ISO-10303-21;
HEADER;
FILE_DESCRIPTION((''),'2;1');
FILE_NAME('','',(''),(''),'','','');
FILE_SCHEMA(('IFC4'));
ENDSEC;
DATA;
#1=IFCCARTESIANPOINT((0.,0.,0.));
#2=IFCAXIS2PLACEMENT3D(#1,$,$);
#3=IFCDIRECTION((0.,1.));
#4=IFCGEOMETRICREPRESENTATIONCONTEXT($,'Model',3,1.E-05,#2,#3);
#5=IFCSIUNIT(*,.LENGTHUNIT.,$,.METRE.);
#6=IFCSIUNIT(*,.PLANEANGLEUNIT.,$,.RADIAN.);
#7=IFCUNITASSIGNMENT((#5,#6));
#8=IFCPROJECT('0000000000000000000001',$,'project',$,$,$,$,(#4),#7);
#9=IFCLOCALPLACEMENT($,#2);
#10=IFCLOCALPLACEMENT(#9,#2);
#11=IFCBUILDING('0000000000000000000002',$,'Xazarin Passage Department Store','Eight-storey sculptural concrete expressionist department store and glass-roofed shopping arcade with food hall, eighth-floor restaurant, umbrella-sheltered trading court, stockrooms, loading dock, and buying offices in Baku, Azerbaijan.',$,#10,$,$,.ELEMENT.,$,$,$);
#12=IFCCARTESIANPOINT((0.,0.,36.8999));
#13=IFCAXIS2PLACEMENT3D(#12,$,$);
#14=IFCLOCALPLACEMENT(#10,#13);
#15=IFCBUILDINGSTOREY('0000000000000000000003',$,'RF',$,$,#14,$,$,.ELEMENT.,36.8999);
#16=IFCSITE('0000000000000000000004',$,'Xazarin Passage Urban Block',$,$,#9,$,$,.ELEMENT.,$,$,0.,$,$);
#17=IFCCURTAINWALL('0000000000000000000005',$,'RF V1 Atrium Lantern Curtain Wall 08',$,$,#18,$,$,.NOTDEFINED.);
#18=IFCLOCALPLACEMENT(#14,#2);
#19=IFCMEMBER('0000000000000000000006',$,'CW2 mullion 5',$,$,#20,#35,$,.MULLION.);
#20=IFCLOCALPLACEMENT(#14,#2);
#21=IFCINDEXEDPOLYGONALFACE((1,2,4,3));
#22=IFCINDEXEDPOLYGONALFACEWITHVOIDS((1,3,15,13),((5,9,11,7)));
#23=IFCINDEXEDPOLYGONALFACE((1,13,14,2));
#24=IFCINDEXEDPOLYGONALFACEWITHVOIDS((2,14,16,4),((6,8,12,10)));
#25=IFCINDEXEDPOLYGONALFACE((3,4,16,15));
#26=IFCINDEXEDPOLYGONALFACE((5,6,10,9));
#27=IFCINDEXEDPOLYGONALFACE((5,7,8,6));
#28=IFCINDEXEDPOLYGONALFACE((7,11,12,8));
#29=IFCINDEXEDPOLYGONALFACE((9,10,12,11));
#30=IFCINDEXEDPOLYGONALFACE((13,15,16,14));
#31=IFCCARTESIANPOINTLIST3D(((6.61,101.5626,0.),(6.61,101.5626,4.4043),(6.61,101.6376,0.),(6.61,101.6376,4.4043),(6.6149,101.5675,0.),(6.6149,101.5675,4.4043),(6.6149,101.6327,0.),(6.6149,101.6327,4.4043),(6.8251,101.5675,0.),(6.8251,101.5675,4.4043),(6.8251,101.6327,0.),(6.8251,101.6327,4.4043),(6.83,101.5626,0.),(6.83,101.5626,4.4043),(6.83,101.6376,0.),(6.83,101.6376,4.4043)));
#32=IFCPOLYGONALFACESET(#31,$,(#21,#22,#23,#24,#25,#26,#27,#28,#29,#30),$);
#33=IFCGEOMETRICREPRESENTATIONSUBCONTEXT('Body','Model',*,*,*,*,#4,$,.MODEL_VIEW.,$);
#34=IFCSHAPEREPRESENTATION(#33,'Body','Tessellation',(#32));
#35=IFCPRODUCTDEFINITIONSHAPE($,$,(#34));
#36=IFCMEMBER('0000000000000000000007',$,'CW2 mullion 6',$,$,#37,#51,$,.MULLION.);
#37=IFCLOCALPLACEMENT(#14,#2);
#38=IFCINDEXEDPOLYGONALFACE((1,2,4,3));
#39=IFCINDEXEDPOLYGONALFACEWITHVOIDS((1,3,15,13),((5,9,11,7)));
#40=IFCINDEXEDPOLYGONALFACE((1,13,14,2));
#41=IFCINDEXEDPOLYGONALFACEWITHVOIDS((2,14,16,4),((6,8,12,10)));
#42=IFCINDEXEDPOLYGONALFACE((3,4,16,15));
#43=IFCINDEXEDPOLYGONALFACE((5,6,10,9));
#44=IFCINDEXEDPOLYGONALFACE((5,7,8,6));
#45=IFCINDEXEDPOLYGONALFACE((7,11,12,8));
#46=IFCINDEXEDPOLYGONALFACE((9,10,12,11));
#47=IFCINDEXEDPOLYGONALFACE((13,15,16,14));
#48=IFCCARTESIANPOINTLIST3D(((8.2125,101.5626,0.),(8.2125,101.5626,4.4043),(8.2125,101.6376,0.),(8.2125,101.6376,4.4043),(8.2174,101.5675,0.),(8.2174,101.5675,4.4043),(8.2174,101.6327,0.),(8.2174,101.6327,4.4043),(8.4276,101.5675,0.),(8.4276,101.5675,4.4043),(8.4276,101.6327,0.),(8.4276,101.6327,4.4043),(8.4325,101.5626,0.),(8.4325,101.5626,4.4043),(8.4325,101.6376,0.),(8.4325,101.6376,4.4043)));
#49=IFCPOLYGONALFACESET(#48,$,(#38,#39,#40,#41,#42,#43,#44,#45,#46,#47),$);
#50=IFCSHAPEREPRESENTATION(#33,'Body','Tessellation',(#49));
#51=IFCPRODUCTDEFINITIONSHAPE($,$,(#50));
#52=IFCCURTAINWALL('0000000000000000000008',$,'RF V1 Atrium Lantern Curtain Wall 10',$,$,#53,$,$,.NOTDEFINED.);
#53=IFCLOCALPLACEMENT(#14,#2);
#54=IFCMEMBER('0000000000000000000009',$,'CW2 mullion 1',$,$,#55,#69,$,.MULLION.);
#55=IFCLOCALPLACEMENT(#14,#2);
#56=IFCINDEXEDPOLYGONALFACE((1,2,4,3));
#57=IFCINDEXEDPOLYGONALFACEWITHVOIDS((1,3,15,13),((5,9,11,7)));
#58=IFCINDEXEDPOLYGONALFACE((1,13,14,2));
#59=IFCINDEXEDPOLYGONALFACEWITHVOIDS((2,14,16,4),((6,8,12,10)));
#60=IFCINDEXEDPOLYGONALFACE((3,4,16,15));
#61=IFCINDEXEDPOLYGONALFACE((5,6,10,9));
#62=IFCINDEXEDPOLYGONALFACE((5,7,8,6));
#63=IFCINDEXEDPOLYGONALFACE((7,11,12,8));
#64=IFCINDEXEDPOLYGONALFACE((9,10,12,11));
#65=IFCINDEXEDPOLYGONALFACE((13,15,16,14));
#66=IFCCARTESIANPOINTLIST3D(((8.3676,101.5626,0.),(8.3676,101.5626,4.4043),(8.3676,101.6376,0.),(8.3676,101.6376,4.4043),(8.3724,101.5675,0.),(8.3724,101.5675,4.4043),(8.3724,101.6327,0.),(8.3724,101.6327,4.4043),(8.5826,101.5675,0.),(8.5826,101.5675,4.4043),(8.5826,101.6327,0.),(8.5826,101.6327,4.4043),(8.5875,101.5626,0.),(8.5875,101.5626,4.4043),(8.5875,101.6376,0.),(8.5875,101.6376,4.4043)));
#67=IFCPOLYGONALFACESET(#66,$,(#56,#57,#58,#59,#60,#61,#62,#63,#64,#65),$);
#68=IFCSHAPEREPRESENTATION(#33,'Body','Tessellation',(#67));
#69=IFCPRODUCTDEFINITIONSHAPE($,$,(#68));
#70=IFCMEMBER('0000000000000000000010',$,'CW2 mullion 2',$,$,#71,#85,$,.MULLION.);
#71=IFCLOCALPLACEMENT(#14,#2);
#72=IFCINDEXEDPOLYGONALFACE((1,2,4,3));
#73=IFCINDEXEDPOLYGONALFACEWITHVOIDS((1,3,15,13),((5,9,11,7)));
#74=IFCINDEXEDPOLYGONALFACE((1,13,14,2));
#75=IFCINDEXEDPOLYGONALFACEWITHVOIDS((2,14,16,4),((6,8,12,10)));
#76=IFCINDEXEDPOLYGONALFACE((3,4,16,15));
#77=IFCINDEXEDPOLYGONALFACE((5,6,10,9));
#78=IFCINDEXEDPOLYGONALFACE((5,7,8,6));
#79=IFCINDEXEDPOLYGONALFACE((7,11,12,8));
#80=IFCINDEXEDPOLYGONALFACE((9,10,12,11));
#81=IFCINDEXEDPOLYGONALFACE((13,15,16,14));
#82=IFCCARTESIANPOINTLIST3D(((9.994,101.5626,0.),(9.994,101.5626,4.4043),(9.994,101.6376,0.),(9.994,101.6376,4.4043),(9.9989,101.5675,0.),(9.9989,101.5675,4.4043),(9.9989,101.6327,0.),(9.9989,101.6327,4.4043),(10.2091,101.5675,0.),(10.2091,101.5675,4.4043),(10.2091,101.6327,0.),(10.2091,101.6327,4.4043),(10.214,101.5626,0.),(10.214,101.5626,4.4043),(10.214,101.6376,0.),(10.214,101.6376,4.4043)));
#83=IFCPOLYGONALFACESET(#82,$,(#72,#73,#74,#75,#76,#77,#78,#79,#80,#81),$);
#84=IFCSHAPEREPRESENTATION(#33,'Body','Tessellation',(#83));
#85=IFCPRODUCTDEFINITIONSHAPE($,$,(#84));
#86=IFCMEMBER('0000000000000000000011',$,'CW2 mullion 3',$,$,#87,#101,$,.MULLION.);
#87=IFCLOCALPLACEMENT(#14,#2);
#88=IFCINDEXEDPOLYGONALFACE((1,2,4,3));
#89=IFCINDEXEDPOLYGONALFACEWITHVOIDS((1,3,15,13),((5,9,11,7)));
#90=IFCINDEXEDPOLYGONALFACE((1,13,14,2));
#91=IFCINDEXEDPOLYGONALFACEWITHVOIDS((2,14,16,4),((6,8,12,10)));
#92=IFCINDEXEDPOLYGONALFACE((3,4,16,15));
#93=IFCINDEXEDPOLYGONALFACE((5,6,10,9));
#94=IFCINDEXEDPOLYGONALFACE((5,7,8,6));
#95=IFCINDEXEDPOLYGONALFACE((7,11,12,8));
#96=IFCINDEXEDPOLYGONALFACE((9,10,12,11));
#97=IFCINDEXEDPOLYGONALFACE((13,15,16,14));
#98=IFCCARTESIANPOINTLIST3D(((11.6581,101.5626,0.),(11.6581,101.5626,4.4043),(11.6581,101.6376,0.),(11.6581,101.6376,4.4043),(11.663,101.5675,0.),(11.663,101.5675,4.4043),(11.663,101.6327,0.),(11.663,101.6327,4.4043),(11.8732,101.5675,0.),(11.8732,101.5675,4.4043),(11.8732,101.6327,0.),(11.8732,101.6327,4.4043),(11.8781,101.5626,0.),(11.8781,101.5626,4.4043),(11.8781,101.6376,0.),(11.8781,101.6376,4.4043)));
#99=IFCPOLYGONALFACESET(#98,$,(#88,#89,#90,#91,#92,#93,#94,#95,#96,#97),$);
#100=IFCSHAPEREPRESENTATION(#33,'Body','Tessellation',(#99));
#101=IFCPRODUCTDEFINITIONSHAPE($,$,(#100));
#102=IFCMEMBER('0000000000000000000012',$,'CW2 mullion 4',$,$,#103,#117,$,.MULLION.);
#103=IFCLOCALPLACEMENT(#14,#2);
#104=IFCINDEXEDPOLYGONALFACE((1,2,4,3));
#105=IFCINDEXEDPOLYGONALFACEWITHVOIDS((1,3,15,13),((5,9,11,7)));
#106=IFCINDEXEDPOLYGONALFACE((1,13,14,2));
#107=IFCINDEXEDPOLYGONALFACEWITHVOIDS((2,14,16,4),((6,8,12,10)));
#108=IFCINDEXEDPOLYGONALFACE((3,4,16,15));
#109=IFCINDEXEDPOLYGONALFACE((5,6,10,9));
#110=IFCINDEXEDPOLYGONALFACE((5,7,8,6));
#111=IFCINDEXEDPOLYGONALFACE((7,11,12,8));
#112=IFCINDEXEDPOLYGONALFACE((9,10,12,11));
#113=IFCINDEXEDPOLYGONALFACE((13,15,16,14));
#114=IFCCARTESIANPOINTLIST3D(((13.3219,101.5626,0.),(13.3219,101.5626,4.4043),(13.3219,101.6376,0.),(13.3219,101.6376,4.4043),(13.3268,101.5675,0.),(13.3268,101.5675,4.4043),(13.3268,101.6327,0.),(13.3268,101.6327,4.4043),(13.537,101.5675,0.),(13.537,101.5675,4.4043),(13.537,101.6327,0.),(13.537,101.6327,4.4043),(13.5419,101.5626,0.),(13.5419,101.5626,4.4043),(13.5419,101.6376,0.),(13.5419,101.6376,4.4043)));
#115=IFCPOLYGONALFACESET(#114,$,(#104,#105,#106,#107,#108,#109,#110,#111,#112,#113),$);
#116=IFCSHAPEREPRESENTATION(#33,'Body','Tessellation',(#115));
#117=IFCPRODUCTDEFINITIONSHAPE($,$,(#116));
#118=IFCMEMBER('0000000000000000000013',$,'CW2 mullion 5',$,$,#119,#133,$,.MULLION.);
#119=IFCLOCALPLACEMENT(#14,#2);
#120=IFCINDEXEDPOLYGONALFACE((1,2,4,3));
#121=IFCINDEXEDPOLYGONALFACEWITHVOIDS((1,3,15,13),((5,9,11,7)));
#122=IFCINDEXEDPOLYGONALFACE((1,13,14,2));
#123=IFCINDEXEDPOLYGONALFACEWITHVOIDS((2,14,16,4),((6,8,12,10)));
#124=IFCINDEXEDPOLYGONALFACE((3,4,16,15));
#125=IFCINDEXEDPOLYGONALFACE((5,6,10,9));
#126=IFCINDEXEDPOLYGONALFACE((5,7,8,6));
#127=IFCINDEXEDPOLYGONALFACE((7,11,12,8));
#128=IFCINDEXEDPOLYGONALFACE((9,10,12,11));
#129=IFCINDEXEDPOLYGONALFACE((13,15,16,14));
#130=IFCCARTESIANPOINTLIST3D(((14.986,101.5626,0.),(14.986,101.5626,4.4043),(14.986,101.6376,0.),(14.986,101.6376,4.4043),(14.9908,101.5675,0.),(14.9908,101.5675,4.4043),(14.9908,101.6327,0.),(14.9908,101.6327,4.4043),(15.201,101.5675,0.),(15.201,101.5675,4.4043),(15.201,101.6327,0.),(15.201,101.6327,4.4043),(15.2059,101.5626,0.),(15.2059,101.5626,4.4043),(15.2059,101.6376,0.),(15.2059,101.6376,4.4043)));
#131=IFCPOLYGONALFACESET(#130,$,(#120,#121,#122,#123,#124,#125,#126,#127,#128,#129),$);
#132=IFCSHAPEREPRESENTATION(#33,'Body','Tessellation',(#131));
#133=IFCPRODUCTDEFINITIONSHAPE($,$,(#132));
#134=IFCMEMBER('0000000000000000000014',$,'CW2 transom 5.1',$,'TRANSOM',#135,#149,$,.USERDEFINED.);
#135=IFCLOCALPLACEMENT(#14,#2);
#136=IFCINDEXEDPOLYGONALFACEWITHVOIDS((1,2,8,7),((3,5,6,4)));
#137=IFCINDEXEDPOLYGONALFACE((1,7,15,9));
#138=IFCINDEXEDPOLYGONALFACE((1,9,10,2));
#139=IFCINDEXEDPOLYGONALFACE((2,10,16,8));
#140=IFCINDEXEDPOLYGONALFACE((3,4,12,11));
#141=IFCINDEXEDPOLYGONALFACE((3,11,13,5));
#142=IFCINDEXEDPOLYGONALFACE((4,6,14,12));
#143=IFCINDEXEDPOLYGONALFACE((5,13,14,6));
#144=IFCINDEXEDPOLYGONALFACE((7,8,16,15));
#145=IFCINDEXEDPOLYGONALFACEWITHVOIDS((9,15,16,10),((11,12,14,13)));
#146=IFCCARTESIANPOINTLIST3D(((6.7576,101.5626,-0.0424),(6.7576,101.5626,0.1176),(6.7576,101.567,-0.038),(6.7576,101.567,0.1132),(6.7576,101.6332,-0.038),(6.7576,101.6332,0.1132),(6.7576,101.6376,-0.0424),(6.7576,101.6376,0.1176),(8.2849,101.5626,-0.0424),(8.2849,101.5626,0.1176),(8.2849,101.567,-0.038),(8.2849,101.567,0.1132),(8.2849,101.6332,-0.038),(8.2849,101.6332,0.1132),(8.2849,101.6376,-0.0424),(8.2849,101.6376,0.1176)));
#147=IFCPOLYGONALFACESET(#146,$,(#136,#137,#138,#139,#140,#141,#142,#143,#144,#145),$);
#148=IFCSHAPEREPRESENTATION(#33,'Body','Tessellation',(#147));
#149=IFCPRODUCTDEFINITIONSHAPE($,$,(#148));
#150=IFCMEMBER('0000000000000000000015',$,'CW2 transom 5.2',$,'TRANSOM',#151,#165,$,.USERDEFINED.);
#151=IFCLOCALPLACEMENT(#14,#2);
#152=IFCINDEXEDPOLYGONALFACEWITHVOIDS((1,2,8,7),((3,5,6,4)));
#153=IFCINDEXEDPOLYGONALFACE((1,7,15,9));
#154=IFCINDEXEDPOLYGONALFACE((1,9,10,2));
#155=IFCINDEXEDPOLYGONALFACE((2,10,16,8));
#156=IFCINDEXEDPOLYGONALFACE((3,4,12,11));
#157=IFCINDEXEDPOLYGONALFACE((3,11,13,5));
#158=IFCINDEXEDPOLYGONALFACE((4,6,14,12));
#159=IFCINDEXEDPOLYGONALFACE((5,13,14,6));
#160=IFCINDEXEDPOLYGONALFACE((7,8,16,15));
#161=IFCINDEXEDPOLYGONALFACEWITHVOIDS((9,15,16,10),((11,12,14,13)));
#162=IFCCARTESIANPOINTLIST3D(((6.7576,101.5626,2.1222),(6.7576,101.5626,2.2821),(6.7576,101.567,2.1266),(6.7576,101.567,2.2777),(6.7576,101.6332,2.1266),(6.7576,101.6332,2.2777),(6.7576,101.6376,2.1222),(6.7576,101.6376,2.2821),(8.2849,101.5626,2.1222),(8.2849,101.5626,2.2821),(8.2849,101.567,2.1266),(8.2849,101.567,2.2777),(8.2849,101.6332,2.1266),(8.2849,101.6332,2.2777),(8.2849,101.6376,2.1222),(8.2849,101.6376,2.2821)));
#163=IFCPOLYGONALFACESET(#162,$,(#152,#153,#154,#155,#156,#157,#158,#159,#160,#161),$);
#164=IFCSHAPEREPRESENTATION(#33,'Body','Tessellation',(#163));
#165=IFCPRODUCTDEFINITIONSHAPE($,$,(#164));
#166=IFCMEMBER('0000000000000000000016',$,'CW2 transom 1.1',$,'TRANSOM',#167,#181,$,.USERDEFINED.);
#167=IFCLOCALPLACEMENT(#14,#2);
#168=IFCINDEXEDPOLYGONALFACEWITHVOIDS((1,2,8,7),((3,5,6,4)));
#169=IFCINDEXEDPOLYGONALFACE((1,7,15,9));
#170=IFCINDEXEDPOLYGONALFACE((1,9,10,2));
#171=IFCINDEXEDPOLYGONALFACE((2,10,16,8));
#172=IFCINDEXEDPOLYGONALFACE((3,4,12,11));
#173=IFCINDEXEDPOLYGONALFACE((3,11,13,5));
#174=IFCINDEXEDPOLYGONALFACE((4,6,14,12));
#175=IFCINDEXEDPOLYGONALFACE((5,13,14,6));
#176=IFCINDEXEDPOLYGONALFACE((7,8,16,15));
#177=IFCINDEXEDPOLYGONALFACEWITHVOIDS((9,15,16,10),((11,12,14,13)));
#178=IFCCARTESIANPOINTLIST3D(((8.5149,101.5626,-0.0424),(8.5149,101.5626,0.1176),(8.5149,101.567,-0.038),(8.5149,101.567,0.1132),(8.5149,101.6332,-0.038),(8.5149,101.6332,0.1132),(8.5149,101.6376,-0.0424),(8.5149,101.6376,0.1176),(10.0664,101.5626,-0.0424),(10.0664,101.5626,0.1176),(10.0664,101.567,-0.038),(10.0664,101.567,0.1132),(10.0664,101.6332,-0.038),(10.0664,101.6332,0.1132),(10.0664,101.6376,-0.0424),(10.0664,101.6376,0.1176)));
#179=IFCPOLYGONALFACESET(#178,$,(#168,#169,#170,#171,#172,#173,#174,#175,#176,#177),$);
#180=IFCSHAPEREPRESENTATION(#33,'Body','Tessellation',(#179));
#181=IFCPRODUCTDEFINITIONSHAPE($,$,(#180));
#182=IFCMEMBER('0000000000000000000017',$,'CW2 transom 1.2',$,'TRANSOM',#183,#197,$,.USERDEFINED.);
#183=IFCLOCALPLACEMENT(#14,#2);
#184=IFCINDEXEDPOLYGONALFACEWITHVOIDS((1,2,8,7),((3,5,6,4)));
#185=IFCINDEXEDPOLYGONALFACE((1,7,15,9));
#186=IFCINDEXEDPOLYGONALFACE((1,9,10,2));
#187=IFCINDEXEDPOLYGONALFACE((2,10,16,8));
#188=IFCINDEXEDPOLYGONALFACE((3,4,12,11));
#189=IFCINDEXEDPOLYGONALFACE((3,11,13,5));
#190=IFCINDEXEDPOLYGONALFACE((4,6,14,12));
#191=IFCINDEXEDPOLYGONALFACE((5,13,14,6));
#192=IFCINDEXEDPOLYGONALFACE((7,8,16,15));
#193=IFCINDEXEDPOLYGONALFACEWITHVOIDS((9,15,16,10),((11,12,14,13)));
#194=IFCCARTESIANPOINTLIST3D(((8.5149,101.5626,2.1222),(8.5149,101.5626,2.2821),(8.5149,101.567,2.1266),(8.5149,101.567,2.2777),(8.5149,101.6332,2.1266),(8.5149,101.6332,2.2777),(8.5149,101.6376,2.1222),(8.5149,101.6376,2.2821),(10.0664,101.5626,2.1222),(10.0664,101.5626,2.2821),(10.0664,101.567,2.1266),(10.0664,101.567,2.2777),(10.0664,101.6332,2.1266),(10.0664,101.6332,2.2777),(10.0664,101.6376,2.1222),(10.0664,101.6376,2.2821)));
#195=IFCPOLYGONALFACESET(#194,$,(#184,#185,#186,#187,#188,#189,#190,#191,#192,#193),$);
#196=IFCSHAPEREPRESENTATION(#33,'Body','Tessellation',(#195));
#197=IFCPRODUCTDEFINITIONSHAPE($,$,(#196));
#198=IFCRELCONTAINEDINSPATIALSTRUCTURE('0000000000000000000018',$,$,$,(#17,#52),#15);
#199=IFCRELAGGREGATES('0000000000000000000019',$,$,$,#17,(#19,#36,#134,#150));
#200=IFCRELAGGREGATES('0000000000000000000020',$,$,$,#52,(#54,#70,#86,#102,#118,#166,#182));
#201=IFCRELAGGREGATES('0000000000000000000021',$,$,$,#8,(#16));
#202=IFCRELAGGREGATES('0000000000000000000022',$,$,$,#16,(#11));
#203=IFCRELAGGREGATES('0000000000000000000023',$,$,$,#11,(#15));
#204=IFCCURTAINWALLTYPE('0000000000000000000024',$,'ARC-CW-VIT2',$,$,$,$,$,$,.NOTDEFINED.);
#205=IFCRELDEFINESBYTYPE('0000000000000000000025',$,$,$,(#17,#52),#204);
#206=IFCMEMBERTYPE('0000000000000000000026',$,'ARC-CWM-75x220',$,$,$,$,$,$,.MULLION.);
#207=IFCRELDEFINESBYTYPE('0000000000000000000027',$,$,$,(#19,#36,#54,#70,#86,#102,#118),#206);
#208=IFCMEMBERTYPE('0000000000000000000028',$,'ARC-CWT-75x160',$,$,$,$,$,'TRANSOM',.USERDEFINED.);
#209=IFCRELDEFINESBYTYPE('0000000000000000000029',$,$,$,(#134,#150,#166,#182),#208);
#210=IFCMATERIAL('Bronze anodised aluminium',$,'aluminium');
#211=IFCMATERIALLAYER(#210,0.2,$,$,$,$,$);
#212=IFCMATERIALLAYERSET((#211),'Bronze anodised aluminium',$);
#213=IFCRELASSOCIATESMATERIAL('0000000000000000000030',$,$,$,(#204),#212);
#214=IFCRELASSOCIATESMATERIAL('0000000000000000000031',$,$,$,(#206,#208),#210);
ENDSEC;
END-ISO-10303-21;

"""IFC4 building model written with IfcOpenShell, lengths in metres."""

from ifc_helpers import new_model, si_unit, direction, frame, origin, origin_2d, place, context, subcontext, project, spatial, hollow_rectangle, extrude, material, layer, layer_set, material_profile, profile_set, type_object, element, aggregate, save


model = new_model("IFC4")

# Units and contexts
model_context = context("Model", 3, precision=1e-05, world=origin(), true_north=direction((0.0, 1.0)))
body_context = subcontext(model_context, "Body", "Model", "MODEL_VIEW")
ifc_project = project(units=[si_unit("LENGTHUNIT", "METRE"), si_unit("PLANEANGLEUNIT", "RADIAN")], contexts=[model_context])

# Site, building, storey
site_placement = place(None, origin())
site = spatial("IfcSite", under=ifc_project, at=site_placement, Name="Xazarin Passage Urban Block", CompositionType="ELEMENT", RefElevation=0.0)
building_placement = place(site_placement, origin())
building = spatial("IfcBuilding", under=site, at=building_placement, Name="Xazarin Passage Department Store", Description="Eight-storey sculptural concrete expressionist department store and glass-roofed shopping arcade with food hall, eighth-floor restaurant, umbrella-sheltered trading court, stockrooms, loading dock, and buying offices in Baku, Azerbaijan.", CompositionType="ELEMENT")
storey_placement = place(building_placement, frame((0.0, 0.0, 36.8999)))
storey = spatial("IfcBuildingStorey", under=building, at=storey_placement, Name="RF", CompositionType="ELEMENT", Elevation=36.8999)

# Curtain walls, members
ifc_material_1 = material(Name="Bronze anodised aluminium", Category="aluminium")
ifc_layer_1 = layer(ifc_material_1, 0.2)
ifc_layer_set_1 = layer_set([ifc_layer_1], Name="Bronze anodised aluminium")
curtain_wall_type = type_object("IfcCurtainWallType", Name="ARC-CW-VIT2", PredefinedType="NOTDEFINED", material=ifc_layer_set_1)
curtain_wall_1_placement = place(storey_placement, origin())
curtain_wall_1 = element("IfcCurtainWall", 1, at=curtain_wall_1_placement, inside=storey, type_object=curtain_wall_type, Name="RF V1 Atrium Lantern Curtain Wall 08", PredefinedType="NOTDEFINED")
ifc_material_profile_1 = material_profile(ifc_material_1, hollow_rectangle(XDim=0.075, YDim=0.22, WallThickness=0.0049, at=origin_2d()), Name="ALU 75x220")
ifc_profile_set_1 = profile_set([ifc_material_profile_1], Name="Bronze anodised aluminium")
member_type_1 = type_object("IfcMemberType", Name="ARC-CWM-75x220", PredefinedType="MULLION", material=ifc_profile_set_1)
member_1_placement = place(storey_placement, frame((6.72, 101.6001, 0.0), z_axis=(0.0, 0.0, 1.0), x_axis=(0.0, 1.0, 0.0)))
member_1 = element("IfcMember", 2, at=member_1_placement, type_object=member_type_1, Name="CW2 mullion 5", PredefinedType="MULLION", context=body_context, shape_type="SweptSolid", body=[
    extrude(hollow_rectangle(XDim=0.075, YDim=0.22, WallThickness=0.0049, at=origin_2d()), origin(), (0.0, 0.0, 1.0), 4.4043),
])
member_2_placement = place(storey_placement, frame((8.3225, 101.6001, 0.0), z_axis=(0.0, 0.0, 1.0), x_axis=(0.0, 1.0, 0.0)))
member_2 = element("IfcMember", 3, at=member_2_placement, type_object=member_type_1, Name="CW2 mullion 6", PredefinedType="MULLION", context=body_context, shape_type="SweptSolid", body=[
    extrude(hollow_rectangle(XDim=0.075, YDim=0.22, WallThickness=0.0049, at=origin_2d()), origin(), (0.0, 0.0, 1.0), 4.4043),
])
curtain_wall_2_placement = place(storey_placement, origin())
curtain_wall_2 = element("IfcCurtainWall", 4, at=curtain_wall_2_placement, inside=storey, type_object=curtain_wall_type, Name="RF V1 Atrium Lantern Curtain Wall 10", PredefinedType="NOTDEFINED")
member_3_placement = place(storey_placement, frame((8.4775, 101.6001, 0.0), z_axis=(0.0, 0.0, 1.0), x_axis=(0.0, 1.0, 0.0)))
member_3 = element("IfcMember", 5, at=member_3_placement, type_object=member_type_1, Name="CW2 mullion 1", PredefinedType="MULLION", context=body_context, shape_type="SweptSolid", body=[
    extrude(hollow_rectangle(XDim=0.075, YDim=0.22, WallThickness=0.0049, at=origin_2d()), origin(), (0.0, 0.0, 1.0), 4.4043),
])
member_4_placement = place(storey_placement, frame((10.104, 101.6001, 0.0), z_axis=(0.0, 0.0, 1.0), x_axis=(0.0, 1.0, 0.0)))
member_4 = element("IfcMember", 6, at=member_4_placement, type_object=member_type_1, Name="CW2 mullion 2", PredefinedType="MULLION", context=body_context, shape_type="SweptSolid", body=[
    extrude(hollow_rectangle(XDim=0.075, YDim=0.22, WallThickness=0.0049, at=origin_2d()), origin(), (0.0, 0.0, 1.0), 4.4043),
])
member_5_placement = place(storey_placement, frame((11.7681, 101.6001, 0.0), z_axis=(0.0, 0.0, 1.0), x_axis=(0.0, 1.0, 0.0)))
member_5 = element("IfcMember", 7, at=member_5_placement, type_object=member_type_1, Name="CW2 mullion 3", PredefinedType="MULLION", context=body_context, shape_type="SweptSolid", body=[
    extrude(hollow_rectangle(XDim=0.075, YDim=0.22, WallThickness=0.0049, at=origin_2d()), origin(), (0.0, 0.0, 1.0), 4.4043),
])
member_6_placement = place(storey_placement, frame((13.4319, 101.6001, 0.0), z_axis=(0.0, 0.0, 1.0), x_axis=(0.0, 1.0, 0.0)))
member_6 = element("IfcMember", 8, at=member_6_placement, type_object=member_type_1, Name="CW2 mullion 4", PredefinedType="MULLION", context=body_context, shape_type="SweptSolid", body=[
    extrude(hollow_rectangle(XDim=0.075, YDim=0.22, WallThickness=0.0049, at=origin_2d()), origin(), (0.0, 0.0, 1.0), 4.4043),
])
member_7_placement = place(storey_placement, frame((15.0959, 101.6001, 0.0), z_axis=(0.0, 0.0, 1.0), x_axis=(0.0, 1.0, 0.0)))
member_7 = element("IfcMember", 9, at=member_7_placement, type_object=member_type_1, Name="CW2 mullion 5", PredefinedType="MULLION", context=body_context, shape_type="SweptSolid", body=[
    extrude(hollow_rectangle(XDim=0.075, YDim=0.22, WallThickness=0.0049, at=origin_2d()), origin(), (0.0, 0.0, 1.0), 4.4043),
])

# Members
ifc_material_profile_2 = material_profile(ifc_material_1, hollow_rectangle(XDim=0.075, YDim=0.1599, WallThickness=0.0044, at=origin_2d()), Name="ALU 75x160")
ifc_profile_set_2 = profile_set([ifc_material_profile_2], Name="Bronze anodised aluminium")
member_type_2 = type_object("IfcMemberType", Name="ARC-CWT-75x160", ElementType="TRANSOM", PredefinedType="USERDEFINED", material=ifc_profile_set_2)
member_8_placement = place(storey_placement, frame((6.7576, 101.6001, 0.0376), z_axis=(1.0, 0.0, 0.0), x_axis=(0.0, 1.0, 0.0)))
member_8 = element("IfcMember", 10, at=member_8_placement, type_object=member_type_2, Name="CW2 transom 5.1", ObjectType="TRANSOM", PredefinedType="USERDEFINED", context=body_context, shape_type="SweptSolid", body=[
    extrude(hollow_rectangle(XDim=0.075, YDim=0.1599, WallThickness=0.0044, at=origin_2d()), origin(), (0.0, 0.0, 1.0), 1.5273),
])
member_9_placement = place(storey_placement, frame((6.7576, 101.6001, 2.2021), z_axis=(1.0, 0.0, 0.0), x_axis=(0.0, 1.0, 0.0)))
member_9 = element("IfcMember", 11, at=member_9_placement, type_object=member_type_2, Name="CW2 transom 5.2", ObjectType="TRANSOM", PredefinedType="USERDEFINED", context=body_context, shape_type="SweptSolid", body=[
    extrude(hollow_rectangle(XDim=0.075, YDim=0.1599, WallThickness=0.0044, at=origin_2d()), origin(), (0.0, 0.0, 1.0), 1.5273),
])
member_10_placement = place(storey_placement, frame((8.5149, 101.6001, 0.0376), z_axis=(1.0, 0.0, 0.0), x_axis=(0.0, 1.0, 0.0)))
member_10 = element("IfcMember", 12, at=member_10_placement, type_object=member_type_2, Name="CW2 transom 1.1", ObjectType="TRANSOM", PredefinedType="USERDEFINED", context=body_context, shape_type="SweptSolid", body=[
    extrude(hollow_rectangle(XDim=0.075, YDim=0.1599, WallThickness=0.0044, at=origin_2d()), origin(), (0.0, 0.0, 1.0), 1.5515),
])
member_11_placement = place(storey_placement, frame((8.5149, 101.6001, 2.2021), z_axis=(1.0, 0.0, 0.0), x_axis=(0.0, 1.0, 0.0)))
member_11 = element("IfcMember", 13, at=member_11_placement, type_object=member_type_2, Name="CW2 transom 1.2", ObjectType="TRANSOM", PredefinedType="USERDEFINED", context=body_context, shape_type="SweptSolid", body=[
    extrude(hollow_rectangle(XDim=0.075, YDim=0.1599, WallThickness=0.0044, at=origin_2d()), origin(), (0.0, 0.0, 1.0), 1.5515),
])

aggregate(curtain_wall_1, [member_1, member_2, member_8, member_9])
aggregate(curtain_wall_2, [member_3, member_4, member_5, member_6, member_7, member_10, member_11])

save(model, "model.ifc")
